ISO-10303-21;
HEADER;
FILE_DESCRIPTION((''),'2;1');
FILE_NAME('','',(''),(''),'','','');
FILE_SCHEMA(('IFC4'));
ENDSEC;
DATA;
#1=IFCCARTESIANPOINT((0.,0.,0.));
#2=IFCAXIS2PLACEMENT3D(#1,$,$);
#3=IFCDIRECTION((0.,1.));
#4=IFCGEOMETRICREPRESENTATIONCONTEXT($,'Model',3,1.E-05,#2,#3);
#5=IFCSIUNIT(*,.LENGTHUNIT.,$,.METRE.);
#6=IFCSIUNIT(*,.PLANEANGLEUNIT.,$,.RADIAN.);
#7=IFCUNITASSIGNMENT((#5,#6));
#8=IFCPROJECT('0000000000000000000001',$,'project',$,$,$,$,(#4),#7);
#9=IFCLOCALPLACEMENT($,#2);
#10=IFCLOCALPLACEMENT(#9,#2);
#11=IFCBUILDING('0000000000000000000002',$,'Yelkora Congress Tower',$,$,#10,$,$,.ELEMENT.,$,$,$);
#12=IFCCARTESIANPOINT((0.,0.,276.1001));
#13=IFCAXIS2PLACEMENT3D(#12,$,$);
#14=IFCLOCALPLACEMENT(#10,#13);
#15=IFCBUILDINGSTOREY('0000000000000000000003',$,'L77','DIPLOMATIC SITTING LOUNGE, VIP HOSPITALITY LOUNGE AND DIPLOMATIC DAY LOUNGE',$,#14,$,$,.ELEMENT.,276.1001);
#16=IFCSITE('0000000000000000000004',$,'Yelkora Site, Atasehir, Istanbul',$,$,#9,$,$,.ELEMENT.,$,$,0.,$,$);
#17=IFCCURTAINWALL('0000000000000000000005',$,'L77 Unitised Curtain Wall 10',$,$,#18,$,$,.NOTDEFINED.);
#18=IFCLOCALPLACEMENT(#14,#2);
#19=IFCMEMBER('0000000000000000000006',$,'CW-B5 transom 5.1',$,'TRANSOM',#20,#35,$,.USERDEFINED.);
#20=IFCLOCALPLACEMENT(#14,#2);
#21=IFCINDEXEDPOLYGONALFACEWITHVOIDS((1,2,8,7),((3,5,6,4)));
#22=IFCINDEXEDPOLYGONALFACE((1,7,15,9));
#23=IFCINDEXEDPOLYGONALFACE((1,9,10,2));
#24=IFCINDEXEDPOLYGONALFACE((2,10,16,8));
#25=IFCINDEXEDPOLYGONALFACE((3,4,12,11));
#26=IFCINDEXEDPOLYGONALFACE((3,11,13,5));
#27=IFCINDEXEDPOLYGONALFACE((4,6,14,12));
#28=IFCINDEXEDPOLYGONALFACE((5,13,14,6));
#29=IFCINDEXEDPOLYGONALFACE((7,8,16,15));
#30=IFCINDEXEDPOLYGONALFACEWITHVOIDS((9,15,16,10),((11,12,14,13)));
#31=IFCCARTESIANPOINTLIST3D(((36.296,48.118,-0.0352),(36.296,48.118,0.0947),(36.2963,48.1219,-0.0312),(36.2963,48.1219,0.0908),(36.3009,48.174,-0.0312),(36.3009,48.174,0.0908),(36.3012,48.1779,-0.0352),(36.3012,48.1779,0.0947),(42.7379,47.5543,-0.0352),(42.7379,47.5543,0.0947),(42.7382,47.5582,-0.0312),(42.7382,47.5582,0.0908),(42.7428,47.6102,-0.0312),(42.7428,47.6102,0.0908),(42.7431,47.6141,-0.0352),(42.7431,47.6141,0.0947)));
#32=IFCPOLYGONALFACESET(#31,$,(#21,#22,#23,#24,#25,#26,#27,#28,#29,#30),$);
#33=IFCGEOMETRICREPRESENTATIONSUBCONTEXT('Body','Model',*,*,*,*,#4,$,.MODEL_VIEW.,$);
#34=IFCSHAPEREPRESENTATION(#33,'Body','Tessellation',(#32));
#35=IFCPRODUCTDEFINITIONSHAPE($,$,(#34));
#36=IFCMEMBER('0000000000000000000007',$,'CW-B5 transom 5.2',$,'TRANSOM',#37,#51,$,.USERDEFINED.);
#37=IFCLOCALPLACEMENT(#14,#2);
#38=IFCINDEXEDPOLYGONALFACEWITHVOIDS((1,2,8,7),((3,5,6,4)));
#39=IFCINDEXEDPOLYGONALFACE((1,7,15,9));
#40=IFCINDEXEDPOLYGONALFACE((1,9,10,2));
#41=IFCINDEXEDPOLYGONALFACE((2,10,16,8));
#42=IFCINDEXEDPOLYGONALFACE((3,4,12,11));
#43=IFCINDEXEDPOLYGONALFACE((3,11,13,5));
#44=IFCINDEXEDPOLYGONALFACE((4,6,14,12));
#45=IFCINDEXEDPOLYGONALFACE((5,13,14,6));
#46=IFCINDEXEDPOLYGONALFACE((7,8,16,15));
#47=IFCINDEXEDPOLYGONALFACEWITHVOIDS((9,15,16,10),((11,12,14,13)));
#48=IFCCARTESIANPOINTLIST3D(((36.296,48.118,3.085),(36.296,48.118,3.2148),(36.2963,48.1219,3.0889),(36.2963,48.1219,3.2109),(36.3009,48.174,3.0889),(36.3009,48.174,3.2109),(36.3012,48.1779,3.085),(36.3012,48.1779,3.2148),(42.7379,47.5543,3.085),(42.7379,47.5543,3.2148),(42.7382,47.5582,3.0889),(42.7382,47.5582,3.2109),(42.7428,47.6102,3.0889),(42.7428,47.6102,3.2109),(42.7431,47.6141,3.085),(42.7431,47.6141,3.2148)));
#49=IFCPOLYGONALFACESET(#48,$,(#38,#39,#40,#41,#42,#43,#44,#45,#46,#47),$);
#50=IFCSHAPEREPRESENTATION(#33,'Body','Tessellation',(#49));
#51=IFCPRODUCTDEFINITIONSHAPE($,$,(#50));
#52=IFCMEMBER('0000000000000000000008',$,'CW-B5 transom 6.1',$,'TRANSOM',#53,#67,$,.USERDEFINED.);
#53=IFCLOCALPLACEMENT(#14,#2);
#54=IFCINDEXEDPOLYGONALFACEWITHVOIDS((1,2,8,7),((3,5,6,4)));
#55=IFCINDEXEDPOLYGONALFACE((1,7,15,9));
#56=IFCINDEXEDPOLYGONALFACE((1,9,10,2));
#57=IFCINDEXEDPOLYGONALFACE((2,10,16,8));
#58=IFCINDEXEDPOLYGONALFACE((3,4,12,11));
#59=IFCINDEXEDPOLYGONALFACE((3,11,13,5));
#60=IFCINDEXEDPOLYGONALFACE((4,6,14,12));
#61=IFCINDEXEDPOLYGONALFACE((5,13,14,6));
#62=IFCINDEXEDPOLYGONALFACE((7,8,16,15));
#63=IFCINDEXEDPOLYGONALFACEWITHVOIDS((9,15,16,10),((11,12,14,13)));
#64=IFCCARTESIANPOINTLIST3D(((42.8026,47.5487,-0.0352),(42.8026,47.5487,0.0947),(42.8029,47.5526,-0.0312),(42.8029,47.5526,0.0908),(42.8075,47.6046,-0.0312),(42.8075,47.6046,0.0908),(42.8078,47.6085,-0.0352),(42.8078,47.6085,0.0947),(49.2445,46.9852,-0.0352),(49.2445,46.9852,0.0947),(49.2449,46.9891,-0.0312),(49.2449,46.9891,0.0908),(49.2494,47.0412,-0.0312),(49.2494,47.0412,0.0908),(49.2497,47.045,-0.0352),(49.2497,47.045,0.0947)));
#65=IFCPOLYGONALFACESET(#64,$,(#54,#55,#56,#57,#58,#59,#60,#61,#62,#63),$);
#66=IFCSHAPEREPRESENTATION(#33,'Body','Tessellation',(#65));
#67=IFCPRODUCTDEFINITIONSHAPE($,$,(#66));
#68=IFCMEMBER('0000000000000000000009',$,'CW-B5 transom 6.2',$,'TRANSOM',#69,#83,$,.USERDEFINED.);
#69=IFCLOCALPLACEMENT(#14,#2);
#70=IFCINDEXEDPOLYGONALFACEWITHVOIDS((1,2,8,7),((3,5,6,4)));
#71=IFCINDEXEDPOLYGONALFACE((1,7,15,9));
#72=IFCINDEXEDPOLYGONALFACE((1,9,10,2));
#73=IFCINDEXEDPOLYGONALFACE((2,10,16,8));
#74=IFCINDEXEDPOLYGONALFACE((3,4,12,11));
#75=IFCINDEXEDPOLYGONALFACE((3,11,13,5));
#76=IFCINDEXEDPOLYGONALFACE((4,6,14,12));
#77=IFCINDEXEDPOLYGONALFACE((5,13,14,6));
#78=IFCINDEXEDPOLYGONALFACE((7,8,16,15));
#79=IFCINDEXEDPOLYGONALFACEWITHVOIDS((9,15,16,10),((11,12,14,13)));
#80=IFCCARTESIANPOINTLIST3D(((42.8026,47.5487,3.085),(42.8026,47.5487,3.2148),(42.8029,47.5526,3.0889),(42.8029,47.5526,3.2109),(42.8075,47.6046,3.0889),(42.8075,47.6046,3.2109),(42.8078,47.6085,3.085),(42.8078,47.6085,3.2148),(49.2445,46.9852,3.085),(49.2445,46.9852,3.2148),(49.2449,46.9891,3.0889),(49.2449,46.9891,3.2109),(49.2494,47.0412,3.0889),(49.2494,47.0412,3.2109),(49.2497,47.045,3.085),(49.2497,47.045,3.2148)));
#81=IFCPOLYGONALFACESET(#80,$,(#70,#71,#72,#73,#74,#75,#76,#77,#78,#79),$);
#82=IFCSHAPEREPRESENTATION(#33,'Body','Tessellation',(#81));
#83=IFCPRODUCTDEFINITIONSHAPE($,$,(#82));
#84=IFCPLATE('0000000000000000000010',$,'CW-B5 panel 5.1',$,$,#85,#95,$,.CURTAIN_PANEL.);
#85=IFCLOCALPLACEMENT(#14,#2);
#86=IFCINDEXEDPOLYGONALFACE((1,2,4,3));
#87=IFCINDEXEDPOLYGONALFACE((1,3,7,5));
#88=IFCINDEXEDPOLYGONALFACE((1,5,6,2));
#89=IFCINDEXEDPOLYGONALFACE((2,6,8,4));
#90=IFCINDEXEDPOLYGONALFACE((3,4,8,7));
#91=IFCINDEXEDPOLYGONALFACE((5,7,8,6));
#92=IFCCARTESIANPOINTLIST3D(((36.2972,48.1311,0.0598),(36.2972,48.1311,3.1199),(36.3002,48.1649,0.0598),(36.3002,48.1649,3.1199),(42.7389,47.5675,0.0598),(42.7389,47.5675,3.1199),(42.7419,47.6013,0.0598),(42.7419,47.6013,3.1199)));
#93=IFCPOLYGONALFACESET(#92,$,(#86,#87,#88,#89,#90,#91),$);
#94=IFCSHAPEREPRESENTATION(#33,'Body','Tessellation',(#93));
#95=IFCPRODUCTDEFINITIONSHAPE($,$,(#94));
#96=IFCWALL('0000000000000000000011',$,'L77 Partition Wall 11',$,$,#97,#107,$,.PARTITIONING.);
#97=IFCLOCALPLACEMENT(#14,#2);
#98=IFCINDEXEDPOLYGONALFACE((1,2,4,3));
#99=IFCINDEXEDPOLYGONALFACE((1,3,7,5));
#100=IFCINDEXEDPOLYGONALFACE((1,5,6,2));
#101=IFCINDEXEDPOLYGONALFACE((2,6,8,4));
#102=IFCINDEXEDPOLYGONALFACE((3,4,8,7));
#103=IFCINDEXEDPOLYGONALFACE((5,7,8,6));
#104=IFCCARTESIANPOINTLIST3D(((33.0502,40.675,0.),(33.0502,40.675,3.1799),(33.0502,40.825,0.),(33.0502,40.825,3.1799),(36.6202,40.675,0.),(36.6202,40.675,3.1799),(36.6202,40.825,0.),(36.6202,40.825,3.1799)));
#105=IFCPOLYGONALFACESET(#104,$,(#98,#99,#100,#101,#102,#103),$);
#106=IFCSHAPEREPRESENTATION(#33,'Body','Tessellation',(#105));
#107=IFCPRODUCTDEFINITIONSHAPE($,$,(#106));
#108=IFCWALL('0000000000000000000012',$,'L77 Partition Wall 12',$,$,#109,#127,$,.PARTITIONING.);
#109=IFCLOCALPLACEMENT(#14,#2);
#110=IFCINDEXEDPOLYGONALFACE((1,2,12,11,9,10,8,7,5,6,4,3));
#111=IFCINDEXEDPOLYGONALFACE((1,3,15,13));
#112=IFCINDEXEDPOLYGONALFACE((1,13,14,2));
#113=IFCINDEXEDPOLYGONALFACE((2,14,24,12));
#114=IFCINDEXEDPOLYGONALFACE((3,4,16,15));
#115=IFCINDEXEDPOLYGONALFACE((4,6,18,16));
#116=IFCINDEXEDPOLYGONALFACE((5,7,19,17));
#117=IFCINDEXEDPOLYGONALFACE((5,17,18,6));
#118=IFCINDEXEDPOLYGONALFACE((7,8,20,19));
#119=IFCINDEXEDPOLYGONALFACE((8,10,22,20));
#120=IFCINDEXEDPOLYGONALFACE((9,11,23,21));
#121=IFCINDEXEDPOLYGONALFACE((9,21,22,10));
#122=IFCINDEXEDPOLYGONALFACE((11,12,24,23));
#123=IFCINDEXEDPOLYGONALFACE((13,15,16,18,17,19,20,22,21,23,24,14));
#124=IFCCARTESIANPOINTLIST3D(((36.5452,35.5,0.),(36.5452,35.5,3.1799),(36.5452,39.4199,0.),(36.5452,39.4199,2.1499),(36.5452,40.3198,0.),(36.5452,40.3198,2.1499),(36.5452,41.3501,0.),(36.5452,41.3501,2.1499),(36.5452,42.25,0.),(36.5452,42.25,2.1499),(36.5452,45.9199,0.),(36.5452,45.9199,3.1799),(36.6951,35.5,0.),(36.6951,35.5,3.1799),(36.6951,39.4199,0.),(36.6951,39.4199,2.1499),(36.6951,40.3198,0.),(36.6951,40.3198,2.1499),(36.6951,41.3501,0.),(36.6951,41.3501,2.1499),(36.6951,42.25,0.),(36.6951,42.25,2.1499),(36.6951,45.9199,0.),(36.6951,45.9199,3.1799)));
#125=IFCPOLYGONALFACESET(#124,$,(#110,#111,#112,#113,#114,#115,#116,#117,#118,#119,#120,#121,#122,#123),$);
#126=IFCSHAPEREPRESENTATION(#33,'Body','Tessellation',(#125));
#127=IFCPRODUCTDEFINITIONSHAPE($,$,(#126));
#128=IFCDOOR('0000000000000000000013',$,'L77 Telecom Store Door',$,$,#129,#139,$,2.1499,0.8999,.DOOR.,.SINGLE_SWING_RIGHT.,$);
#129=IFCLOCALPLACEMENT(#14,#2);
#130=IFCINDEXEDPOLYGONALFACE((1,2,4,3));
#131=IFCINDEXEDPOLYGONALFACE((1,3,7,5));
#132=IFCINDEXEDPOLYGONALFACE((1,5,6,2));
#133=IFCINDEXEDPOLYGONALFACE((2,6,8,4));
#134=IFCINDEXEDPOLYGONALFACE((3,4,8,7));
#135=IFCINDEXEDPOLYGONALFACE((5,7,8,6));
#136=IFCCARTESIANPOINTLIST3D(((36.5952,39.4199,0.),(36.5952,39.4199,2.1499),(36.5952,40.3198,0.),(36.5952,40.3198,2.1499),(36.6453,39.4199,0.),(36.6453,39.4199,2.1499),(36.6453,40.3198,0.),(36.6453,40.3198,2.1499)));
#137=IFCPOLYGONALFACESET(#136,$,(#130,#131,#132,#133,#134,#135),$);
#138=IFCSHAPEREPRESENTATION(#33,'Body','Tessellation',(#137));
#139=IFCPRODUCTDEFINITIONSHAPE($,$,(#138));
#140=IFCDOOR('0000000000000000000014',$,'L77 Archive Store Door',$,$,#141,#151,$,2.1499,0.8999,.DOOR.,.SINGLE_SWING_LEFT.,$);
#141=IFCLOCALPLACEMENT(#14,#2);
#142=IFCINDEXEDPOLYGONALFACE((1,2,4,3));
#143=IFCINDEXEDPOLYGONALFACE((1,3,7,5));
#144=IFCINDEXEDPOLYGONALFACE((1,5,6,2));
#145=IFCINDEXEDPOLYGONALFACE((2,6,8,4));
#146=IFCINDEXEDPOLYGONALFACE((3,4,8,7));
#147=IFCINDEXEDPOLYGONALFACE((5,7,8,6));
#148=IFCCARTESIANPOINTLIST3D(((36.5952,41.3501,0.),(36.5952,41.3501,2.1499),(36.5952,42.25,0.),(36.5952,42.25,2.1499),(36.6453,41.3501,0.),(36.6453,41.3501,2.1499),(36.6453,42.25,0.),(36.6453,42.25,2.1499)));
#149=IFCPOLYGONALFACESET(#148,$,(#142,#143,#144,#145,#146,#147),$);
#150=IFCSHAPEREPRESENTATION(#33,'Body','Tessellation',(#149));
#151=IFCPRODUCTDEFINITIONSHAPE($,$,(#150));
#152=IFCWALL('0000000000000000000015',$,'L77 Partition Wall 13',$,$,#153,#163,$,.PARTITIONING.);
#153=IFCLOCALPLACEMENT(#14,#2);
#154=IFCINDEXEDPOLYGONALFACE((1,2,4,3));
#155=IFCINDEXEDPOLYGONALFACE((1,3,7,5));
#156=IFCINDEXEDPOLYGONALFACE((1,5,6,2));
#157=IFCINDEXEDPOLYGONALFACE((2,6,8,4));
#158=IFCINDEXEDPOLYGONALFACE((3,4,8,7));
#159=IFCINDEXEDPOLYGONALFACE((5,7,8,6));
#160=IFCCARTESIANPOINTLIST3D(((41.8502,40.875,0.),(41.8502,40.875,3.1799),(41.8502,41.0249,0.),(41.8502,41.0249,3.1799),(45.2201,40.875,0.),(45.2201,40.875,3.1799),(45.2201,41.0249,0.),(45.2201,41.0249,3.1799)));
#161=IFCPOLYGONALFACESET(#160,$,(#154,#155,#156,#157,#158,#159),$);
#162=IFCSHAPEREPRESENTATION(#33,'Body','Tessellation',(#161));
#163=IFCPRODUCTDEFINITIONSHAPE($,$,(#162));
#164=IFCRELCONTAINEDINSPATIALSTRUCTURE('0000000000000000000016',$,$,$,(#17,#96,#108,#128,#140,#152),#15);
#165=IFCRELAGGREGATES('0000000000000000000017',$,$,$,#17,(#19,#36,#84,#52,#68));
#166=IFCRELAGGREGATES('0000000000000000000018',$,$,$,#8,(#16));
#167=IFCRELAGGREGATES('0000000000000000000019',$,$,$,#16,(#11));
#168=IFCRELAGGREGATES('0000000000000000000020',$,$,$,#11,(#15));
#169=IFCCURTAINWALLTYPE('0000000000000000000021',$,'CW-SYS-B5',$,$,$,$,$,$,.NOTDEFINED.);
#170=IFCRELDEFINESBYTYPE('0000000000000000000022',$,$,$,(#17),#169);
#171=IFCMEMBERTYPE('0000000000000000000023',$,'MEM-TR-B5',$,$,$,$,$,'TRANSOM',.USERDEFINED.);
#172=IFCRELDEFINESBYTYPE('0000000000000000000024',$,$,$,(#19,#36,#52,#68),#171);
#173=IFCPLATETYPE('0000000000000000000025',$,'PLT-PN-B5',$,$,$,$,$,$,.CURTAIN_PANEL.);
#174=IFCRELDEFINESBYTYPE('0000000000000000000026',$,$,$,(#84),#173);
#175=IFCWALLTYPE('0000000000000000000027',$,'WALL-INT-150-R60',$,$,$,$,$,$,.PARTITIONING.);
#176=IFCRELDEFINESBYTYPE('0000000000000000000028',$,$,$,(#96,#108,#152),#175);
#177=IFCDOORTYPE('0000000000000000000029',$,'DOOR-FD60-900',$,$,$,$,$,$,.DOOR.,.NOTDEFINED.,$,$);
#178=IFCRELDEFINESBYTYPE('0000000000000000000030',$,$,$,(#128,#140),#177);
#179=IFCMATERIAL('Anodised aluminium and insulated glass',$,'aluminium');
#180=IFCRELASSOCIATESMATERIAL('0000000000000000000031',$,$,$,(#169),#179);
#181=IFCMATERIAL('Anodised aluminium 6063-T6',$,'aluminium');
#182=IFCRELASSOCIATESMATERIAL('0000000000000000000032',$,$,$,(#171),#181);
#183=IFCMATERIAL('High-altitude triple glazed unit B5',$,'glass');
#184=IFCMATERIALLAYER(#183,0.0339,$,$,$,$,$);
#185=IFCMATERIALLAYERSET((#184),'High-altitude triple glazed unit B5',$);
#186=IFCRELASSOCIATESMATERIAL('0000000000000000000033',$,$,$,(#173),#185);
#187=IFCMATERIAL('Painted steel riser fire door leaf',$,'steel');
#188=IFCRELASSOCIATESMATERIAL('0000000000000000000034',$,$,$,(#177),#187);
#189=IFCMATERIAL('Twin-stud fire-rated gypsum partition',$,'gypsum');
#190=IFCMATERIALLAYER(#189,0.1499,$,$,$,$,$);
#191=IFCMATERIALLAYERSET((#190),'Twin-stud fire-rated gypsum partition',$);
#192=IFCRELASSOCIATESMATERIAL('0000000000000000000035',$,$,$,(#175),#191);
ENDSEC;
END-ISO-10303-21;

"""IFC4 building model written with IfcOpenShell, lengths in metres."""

from ifc_helpers import new_model, si_unit, direction, frame, frame_2d, origin, origin_2d, place, context, subcontext, project, spatial, rectangle, hollow_rectangle, extrude, material, layer, layer_set, material_profile, profile_set, type_object, element, fill, aggregate, save


model = new_model("IFC4")

# Units and contexts
model_context = context("Model", 3, precision=1e-05, world=origin(), true_north=direction((0.0, 1.0)))
body_context = subcontext(model_context, "Body", "Model", "MODEL_VIEW")
ifc_project = project(units=[si_unit("LENGTHUNIT", "METRE"), si_unit("PLANEANGLEUNIT", "RADIAN")], contexts=[model_context])

# Site, building, storey
site_placement = place(None, origin())
site = spatial("IfcSite", under=ifc_project, at=site_placement, Name="Yelkora Site, Atasehir, Istanbul", CompositionType="ELEMENT", RefElevation=0.0)
building_placement = place(site_placement, origin())
building = spatial("IfcBuilding", under=site, at=building_placement, Name="Yelkora Congress Tower", CompositionType="ELEMENT")
storey_placement = place(building_placement, frame((0.0, 0.0, 276.1001)))
storey = spatial("IfcBuildingStorey", under=building, at=storey_placement, Name="L77", Description="DIPLOMATIC SITTING LOUNGE, VIP HOSPITALITY LOUNGE AND DIPLOMATIC DAY LOUNGE", CompositionType="ELEMENT", Elevation=276.1001)

# Curtain wall, members, plate
ifc_material_1 = material(Name="Anodised aluminium and insulated glass", Category="aluminium")
curtain_wall_type = type_object("IfcCurtainWallType", Name="CW-SYS-B5", PredefinedType="NOTDEFINED", material=ifc_material_1)
curtain_wall_placement = place(storey_placement, origin())
curtain_wall = element("IfcCurtainWall", 1, at=curtain_wall_placement, inside=storey, type_object=curtain_wall_type, Name="L77 Unitised Curtain Wall 10", PredefinedType="NOTDEFINED")
ifc_material_2 = material(Name="Anodised aluminium 6063-T6", Category="aluminium")
ifc_material_profile_1 = material_profile(ifc_material_2, hollow_rectangle(XDim=0.0601, YDim=0.1299, WallThickness=0.0039, at=origin_2d()), Name="ALU 60x130x4")
ifc_profile_set_1 = profile_set([ifc_material_profile_1], Name="Anodised aluminium 6063-T6")
member_type_1 = type_object("IfcMemberType", Name="MEM-TR-B5", ElementType="TRANSOM", PredefinedType="USERDEFINED", material=ifc_profile_set_1)
member_1_placement = place(storey_placement, frame((36.2986, 48.1479, 0.0298), z_axis=(0.996193, -0.087175, 0.0), x_axis=(0.087175, 0.996193, 0.0)))
member_1 = element("IfcMember", 2, at=member_1_placement, type_object=member_type_1, Name="CW-B5 transom 5.1", ObjectType="TRANSOM", PredefinedType="USERDEFINED", context=body_context, shape_type="SweptSolid", body=[
    extrude(hollow_rectangle(XDim=0.0601, YDim=0.1299, WallThickness=0.0039, at=origin_2d()), origin(), (0.0, 0.0, 1.0), 6.4666),
])
member_2_placement = place(storey_placement, frame((36.2986, 48.1479, 3.1499), z_axis=(0.996193, -0.087175, 0.0), x_axis=(0.087175, 0.996193, 0.0)))
member_2 = element("IfcMember", 3, at=member_2_placement, type_object=member_type_1, Name="CW-B5 transom 5.2", ObjectType="TRANSOM", PredefinedType="USERDEFINED", context=body_context, shape_type="SweptSolid", body=[
    extrude(hollow_rectangle(XDim=0.0601, YDim=0.1299, WallThickness=0.0039, at=origin_2d()), origin(), (0.0, 0.0, 1.0), 6.4666),
])
member_3_placement = place(storey_placement, frame((42.8052, 47.5786, 0.0298), z_axis=(0.996196, -0.087138, 0.0), x_axis=(0.087138, 0.996196, 0.0)))
member_3 = element("IfcMember", 4, at=member_3_placement, type_object=member_type_1, Name="CW-B5 transom 6.1", ObjectType="TRANSOM", PredefinedType="USERDEFINED", context=body_context, shape_type="SweptSolid", body=[
    extrude(hollow_rectangle(XDim=0.0601, YDim=0.1299, WallThickness=0.0039, at=origin_2d()), origin(), (0.0, 0.0, 1.0), 6.4666),
])
member_4_placement = place(storey_placement, frame((42.8052, 47.5786, 3.1499), z_axis=(0.996196, -0.087138, 0.0), x_axis=(0.087138, 0.996196, 0.0)))
member_4 = element("IfcMember", 5, at=member_4_placement, type_object=member_type_1, Name="CW-B5 transom 6.2", ObjectType="TRANSOM", PredefinedType="USERDEFINED", context=body_context, shape_type="SweptSolid", body=[
    extrude(hollow_rectangle(XDim=0.0601, YDim=0.1299, WallThickness=0.0039, at=origin_2d()), origin(), (0.0, 0.0, 1.0), 6.4666),
])
ifc_material_3 = material(Name="High-altitude triple glazed unit B5", Category="glass")
ifc_layer_1 = layer(ifc_material_3, 0.0339)
ifc_layer_set_1 = layer_set([ifc_layer_1], Name="High-altitude triple glazed unit B5")
plate_type = type_object("IfcPlateType", Name="PLT-PN-B5", PredefinedType="CURTAIN_PANEL", material=ifc_layer_set_1)
plate_placement = place(storey_placement, frame((39.5195, 47.8662, 0.0598), z_axis=(0.0, 0.0, 1.0), x_axis=(0.996195, -0.087157, 0.0)))
plate = element("IfcPlate", 6, at=plate_placement, type_object=plate_type, Name="CW-B5 panel 5.1", PredefinedType="CURTAIN_PANEL", context=body_context, shape_type="SweptSolid", body=[
    extrude(rectangle(XDim=6.4663, YDim=0.0339, at=origin_2d()), origin(), (0.0, 0.0, 1.0), 3.0601),
])
aggregate(curtain_wall, [member_1, member_2, plate, member_3, member_4])

# Shared definitions
ifc_material_4 = material(Name="Painted steel riser fire door leaf", Category="steel")
door_type_1 = type_object("IfcDoorType", Name="DOOR-FD60-900", OperationType="NOTDEFINED", PredefinedType="DOOR", material=ifc_material_4)

# Wall
ifc_material_5 = material(Name="Twin-stud fire-rated gypsum partition", Category="gypsum")
ifc_layer_2 = layer(ifc_material_5, 0.1499)
ifc_layer_set_2 = layer_set([ifc_layer_2], Name="Twin-stud fire-rated gypsum partition")
wall_type_1 = type_object("IfcWallType", Name="WALL-INT-150-R60", PredefinedType="PARTITIONING", material=ifc_layer_set_2)
wall_1_placement = place(storey_placement, frame((33.05, 40.75, 0.0), z_axis=(0.0, 0.0, 1.0), x_axis=(1.0, 0.0, 0.0)))
element("IfcWall", 7, at=wall_1_placement, inside=storey, type_object=wall_type_1, Name="L77 Partition Wall 11", PredefinedType="PARTITIONING", context=body_context, shape_type="SweptSolid", body=[
    extrude(rectangle(XDim=3.5701, YDim=0.1499, at=frame_2d((1.7852, 0.0))), origin(), (0.0, 0.0, 1.0), 3.1799),
])

# Wall, openings, doors
wall_2_placement = place(storey_placement, frame((36.6201, 35.5, 0.0), z_axis=(0.0, 0.0, 1.0), x_axis=(0.0, 1.0, 0.0)))
wall_2 = element("IfcWall", 8, at=wall_2_placement, inside=storey, type_object=wall_type_1, Name="L77 Partition Wall 12", PredefinedType="PARTITIONING", context=body_context, shape_type="SweptSolid", body=[
    extrude(rectangle(XDim=10.4199, YDim=0.1499, at=frame_2d((5.21, 0.0))), origin(), (0.0, 0.0, 1.0), 3.1799),
])
opening_1_placement = place(wall_2_placement, frame((3.9199, 0.0, 0.0)))
opening_1 = element("IfcOpeningElement", 9, at=opening_1_placement, cuts=wall_2, PredefinedType="OPENING", context=body_context, shape_type="SweptSolid", body=[
    extrude(rectangle(XDim=0.8999, YDim=2.1499, at=frame_2d((0.45, 1.075))), frame((0.0, 0.085, 0.0), z_axis=(0.0, -1.0, 0.0), x_axis=(1.0, 0.0, 0.0)), (0.0, 0.0, 1.0), 0.1699),
])
opening_2_placement = place(wall_2_placement, frame((5.8501, 0.0, 0.0)))
opening_2 = element("IfcOpeningElement", 10, at=opening_2_placement, cuts=wall_2, PredefinedType="OPENING", context=body_context, shape_type="SweptSolid", body=[
    extrude(rectangle(XDim=0.8999, YDim=2.1499, at=frame_2d((0.45, 1.075))), frame((0.0, 0.085, 0.0), z_axis=(0.0, -1.0, 0.0), x_axis=(1.0, 0.0, 0.0)), (0.0, 0.0, 1.0), 0.1699),
])
door_1_placement = place(opening_1_placement, origin())
door_1 = element("IfcDoor", 11, at=door_1_placement, inside=storey, type_object=door_type_1, Name="L77 Telecom Store Door", OperationType="SINGLE_SWING_RIGHT", OverallHeight=2.1499, OverallWidth=0.8999, PredefinedType="DOOR", context=body_context, shape_type="SweptSolid", body=[
    extrude(rectangle(XDim=0.8999, YDim=2.1499, at=frame_2d((0.45, 1.075))), frame((0.0, 0.0249, 0.0), z_axis=(0.0, -1.0, 0.0), x_axis=(1.0, 0.0, 0.0)), (0.0, 0.0, 1.0), 0.05),
])
fill(opening_1, door_1)
door_2_placement = place(opening_2_placement, origin())
door_2 = element("IfcDoor", 12, at=door_2_placement, inside=storey, type_object=door_type_1, Name="L77 Archive Store Door", OperationType="SINGLE_SWING_LEFT", OverallHeight=2.1499, OverallWidth=0.8999, PredefinedType="DOOR", context=body_context, shape_type="SweptSolid", body=[
    extrude(rectangle(XDim=0.8999, YDim=2.1499, at=frame_2d((0.45, 1.075))), frame((0.0, 0.0249, 0.0), z_axis=(0.0, -1.0, 0.0), x_axis=(1.0, 0.0, 0.0)), (0.0, 0.0, 1.0), 0.05),
])
fill(opening_2, door_2)

# Wall
wall_3_placement = place(storey_placement, frame((41.8501, 40.95, 0.0), z_axis=(0.0, 0.0, 1.0), x_axis=(1.0, 0.0, 0.0)))
element("IfcWall", 13, at=wall_3_placement, inside=storey, type_object=wall_type_1, Name="L77 Partition Wall 13", PredefinedType="PARTITIONING", context=body_context, shape_type="SweptSolid", body=[
    extrude(rectangle(XDim=3.3699, YDim=0.1499, at=frame_2d((1.6851, 0.0))), origin(), (0.0, 0.0, 1.0), 3.1799),
])

save(model, "model.ifc")
